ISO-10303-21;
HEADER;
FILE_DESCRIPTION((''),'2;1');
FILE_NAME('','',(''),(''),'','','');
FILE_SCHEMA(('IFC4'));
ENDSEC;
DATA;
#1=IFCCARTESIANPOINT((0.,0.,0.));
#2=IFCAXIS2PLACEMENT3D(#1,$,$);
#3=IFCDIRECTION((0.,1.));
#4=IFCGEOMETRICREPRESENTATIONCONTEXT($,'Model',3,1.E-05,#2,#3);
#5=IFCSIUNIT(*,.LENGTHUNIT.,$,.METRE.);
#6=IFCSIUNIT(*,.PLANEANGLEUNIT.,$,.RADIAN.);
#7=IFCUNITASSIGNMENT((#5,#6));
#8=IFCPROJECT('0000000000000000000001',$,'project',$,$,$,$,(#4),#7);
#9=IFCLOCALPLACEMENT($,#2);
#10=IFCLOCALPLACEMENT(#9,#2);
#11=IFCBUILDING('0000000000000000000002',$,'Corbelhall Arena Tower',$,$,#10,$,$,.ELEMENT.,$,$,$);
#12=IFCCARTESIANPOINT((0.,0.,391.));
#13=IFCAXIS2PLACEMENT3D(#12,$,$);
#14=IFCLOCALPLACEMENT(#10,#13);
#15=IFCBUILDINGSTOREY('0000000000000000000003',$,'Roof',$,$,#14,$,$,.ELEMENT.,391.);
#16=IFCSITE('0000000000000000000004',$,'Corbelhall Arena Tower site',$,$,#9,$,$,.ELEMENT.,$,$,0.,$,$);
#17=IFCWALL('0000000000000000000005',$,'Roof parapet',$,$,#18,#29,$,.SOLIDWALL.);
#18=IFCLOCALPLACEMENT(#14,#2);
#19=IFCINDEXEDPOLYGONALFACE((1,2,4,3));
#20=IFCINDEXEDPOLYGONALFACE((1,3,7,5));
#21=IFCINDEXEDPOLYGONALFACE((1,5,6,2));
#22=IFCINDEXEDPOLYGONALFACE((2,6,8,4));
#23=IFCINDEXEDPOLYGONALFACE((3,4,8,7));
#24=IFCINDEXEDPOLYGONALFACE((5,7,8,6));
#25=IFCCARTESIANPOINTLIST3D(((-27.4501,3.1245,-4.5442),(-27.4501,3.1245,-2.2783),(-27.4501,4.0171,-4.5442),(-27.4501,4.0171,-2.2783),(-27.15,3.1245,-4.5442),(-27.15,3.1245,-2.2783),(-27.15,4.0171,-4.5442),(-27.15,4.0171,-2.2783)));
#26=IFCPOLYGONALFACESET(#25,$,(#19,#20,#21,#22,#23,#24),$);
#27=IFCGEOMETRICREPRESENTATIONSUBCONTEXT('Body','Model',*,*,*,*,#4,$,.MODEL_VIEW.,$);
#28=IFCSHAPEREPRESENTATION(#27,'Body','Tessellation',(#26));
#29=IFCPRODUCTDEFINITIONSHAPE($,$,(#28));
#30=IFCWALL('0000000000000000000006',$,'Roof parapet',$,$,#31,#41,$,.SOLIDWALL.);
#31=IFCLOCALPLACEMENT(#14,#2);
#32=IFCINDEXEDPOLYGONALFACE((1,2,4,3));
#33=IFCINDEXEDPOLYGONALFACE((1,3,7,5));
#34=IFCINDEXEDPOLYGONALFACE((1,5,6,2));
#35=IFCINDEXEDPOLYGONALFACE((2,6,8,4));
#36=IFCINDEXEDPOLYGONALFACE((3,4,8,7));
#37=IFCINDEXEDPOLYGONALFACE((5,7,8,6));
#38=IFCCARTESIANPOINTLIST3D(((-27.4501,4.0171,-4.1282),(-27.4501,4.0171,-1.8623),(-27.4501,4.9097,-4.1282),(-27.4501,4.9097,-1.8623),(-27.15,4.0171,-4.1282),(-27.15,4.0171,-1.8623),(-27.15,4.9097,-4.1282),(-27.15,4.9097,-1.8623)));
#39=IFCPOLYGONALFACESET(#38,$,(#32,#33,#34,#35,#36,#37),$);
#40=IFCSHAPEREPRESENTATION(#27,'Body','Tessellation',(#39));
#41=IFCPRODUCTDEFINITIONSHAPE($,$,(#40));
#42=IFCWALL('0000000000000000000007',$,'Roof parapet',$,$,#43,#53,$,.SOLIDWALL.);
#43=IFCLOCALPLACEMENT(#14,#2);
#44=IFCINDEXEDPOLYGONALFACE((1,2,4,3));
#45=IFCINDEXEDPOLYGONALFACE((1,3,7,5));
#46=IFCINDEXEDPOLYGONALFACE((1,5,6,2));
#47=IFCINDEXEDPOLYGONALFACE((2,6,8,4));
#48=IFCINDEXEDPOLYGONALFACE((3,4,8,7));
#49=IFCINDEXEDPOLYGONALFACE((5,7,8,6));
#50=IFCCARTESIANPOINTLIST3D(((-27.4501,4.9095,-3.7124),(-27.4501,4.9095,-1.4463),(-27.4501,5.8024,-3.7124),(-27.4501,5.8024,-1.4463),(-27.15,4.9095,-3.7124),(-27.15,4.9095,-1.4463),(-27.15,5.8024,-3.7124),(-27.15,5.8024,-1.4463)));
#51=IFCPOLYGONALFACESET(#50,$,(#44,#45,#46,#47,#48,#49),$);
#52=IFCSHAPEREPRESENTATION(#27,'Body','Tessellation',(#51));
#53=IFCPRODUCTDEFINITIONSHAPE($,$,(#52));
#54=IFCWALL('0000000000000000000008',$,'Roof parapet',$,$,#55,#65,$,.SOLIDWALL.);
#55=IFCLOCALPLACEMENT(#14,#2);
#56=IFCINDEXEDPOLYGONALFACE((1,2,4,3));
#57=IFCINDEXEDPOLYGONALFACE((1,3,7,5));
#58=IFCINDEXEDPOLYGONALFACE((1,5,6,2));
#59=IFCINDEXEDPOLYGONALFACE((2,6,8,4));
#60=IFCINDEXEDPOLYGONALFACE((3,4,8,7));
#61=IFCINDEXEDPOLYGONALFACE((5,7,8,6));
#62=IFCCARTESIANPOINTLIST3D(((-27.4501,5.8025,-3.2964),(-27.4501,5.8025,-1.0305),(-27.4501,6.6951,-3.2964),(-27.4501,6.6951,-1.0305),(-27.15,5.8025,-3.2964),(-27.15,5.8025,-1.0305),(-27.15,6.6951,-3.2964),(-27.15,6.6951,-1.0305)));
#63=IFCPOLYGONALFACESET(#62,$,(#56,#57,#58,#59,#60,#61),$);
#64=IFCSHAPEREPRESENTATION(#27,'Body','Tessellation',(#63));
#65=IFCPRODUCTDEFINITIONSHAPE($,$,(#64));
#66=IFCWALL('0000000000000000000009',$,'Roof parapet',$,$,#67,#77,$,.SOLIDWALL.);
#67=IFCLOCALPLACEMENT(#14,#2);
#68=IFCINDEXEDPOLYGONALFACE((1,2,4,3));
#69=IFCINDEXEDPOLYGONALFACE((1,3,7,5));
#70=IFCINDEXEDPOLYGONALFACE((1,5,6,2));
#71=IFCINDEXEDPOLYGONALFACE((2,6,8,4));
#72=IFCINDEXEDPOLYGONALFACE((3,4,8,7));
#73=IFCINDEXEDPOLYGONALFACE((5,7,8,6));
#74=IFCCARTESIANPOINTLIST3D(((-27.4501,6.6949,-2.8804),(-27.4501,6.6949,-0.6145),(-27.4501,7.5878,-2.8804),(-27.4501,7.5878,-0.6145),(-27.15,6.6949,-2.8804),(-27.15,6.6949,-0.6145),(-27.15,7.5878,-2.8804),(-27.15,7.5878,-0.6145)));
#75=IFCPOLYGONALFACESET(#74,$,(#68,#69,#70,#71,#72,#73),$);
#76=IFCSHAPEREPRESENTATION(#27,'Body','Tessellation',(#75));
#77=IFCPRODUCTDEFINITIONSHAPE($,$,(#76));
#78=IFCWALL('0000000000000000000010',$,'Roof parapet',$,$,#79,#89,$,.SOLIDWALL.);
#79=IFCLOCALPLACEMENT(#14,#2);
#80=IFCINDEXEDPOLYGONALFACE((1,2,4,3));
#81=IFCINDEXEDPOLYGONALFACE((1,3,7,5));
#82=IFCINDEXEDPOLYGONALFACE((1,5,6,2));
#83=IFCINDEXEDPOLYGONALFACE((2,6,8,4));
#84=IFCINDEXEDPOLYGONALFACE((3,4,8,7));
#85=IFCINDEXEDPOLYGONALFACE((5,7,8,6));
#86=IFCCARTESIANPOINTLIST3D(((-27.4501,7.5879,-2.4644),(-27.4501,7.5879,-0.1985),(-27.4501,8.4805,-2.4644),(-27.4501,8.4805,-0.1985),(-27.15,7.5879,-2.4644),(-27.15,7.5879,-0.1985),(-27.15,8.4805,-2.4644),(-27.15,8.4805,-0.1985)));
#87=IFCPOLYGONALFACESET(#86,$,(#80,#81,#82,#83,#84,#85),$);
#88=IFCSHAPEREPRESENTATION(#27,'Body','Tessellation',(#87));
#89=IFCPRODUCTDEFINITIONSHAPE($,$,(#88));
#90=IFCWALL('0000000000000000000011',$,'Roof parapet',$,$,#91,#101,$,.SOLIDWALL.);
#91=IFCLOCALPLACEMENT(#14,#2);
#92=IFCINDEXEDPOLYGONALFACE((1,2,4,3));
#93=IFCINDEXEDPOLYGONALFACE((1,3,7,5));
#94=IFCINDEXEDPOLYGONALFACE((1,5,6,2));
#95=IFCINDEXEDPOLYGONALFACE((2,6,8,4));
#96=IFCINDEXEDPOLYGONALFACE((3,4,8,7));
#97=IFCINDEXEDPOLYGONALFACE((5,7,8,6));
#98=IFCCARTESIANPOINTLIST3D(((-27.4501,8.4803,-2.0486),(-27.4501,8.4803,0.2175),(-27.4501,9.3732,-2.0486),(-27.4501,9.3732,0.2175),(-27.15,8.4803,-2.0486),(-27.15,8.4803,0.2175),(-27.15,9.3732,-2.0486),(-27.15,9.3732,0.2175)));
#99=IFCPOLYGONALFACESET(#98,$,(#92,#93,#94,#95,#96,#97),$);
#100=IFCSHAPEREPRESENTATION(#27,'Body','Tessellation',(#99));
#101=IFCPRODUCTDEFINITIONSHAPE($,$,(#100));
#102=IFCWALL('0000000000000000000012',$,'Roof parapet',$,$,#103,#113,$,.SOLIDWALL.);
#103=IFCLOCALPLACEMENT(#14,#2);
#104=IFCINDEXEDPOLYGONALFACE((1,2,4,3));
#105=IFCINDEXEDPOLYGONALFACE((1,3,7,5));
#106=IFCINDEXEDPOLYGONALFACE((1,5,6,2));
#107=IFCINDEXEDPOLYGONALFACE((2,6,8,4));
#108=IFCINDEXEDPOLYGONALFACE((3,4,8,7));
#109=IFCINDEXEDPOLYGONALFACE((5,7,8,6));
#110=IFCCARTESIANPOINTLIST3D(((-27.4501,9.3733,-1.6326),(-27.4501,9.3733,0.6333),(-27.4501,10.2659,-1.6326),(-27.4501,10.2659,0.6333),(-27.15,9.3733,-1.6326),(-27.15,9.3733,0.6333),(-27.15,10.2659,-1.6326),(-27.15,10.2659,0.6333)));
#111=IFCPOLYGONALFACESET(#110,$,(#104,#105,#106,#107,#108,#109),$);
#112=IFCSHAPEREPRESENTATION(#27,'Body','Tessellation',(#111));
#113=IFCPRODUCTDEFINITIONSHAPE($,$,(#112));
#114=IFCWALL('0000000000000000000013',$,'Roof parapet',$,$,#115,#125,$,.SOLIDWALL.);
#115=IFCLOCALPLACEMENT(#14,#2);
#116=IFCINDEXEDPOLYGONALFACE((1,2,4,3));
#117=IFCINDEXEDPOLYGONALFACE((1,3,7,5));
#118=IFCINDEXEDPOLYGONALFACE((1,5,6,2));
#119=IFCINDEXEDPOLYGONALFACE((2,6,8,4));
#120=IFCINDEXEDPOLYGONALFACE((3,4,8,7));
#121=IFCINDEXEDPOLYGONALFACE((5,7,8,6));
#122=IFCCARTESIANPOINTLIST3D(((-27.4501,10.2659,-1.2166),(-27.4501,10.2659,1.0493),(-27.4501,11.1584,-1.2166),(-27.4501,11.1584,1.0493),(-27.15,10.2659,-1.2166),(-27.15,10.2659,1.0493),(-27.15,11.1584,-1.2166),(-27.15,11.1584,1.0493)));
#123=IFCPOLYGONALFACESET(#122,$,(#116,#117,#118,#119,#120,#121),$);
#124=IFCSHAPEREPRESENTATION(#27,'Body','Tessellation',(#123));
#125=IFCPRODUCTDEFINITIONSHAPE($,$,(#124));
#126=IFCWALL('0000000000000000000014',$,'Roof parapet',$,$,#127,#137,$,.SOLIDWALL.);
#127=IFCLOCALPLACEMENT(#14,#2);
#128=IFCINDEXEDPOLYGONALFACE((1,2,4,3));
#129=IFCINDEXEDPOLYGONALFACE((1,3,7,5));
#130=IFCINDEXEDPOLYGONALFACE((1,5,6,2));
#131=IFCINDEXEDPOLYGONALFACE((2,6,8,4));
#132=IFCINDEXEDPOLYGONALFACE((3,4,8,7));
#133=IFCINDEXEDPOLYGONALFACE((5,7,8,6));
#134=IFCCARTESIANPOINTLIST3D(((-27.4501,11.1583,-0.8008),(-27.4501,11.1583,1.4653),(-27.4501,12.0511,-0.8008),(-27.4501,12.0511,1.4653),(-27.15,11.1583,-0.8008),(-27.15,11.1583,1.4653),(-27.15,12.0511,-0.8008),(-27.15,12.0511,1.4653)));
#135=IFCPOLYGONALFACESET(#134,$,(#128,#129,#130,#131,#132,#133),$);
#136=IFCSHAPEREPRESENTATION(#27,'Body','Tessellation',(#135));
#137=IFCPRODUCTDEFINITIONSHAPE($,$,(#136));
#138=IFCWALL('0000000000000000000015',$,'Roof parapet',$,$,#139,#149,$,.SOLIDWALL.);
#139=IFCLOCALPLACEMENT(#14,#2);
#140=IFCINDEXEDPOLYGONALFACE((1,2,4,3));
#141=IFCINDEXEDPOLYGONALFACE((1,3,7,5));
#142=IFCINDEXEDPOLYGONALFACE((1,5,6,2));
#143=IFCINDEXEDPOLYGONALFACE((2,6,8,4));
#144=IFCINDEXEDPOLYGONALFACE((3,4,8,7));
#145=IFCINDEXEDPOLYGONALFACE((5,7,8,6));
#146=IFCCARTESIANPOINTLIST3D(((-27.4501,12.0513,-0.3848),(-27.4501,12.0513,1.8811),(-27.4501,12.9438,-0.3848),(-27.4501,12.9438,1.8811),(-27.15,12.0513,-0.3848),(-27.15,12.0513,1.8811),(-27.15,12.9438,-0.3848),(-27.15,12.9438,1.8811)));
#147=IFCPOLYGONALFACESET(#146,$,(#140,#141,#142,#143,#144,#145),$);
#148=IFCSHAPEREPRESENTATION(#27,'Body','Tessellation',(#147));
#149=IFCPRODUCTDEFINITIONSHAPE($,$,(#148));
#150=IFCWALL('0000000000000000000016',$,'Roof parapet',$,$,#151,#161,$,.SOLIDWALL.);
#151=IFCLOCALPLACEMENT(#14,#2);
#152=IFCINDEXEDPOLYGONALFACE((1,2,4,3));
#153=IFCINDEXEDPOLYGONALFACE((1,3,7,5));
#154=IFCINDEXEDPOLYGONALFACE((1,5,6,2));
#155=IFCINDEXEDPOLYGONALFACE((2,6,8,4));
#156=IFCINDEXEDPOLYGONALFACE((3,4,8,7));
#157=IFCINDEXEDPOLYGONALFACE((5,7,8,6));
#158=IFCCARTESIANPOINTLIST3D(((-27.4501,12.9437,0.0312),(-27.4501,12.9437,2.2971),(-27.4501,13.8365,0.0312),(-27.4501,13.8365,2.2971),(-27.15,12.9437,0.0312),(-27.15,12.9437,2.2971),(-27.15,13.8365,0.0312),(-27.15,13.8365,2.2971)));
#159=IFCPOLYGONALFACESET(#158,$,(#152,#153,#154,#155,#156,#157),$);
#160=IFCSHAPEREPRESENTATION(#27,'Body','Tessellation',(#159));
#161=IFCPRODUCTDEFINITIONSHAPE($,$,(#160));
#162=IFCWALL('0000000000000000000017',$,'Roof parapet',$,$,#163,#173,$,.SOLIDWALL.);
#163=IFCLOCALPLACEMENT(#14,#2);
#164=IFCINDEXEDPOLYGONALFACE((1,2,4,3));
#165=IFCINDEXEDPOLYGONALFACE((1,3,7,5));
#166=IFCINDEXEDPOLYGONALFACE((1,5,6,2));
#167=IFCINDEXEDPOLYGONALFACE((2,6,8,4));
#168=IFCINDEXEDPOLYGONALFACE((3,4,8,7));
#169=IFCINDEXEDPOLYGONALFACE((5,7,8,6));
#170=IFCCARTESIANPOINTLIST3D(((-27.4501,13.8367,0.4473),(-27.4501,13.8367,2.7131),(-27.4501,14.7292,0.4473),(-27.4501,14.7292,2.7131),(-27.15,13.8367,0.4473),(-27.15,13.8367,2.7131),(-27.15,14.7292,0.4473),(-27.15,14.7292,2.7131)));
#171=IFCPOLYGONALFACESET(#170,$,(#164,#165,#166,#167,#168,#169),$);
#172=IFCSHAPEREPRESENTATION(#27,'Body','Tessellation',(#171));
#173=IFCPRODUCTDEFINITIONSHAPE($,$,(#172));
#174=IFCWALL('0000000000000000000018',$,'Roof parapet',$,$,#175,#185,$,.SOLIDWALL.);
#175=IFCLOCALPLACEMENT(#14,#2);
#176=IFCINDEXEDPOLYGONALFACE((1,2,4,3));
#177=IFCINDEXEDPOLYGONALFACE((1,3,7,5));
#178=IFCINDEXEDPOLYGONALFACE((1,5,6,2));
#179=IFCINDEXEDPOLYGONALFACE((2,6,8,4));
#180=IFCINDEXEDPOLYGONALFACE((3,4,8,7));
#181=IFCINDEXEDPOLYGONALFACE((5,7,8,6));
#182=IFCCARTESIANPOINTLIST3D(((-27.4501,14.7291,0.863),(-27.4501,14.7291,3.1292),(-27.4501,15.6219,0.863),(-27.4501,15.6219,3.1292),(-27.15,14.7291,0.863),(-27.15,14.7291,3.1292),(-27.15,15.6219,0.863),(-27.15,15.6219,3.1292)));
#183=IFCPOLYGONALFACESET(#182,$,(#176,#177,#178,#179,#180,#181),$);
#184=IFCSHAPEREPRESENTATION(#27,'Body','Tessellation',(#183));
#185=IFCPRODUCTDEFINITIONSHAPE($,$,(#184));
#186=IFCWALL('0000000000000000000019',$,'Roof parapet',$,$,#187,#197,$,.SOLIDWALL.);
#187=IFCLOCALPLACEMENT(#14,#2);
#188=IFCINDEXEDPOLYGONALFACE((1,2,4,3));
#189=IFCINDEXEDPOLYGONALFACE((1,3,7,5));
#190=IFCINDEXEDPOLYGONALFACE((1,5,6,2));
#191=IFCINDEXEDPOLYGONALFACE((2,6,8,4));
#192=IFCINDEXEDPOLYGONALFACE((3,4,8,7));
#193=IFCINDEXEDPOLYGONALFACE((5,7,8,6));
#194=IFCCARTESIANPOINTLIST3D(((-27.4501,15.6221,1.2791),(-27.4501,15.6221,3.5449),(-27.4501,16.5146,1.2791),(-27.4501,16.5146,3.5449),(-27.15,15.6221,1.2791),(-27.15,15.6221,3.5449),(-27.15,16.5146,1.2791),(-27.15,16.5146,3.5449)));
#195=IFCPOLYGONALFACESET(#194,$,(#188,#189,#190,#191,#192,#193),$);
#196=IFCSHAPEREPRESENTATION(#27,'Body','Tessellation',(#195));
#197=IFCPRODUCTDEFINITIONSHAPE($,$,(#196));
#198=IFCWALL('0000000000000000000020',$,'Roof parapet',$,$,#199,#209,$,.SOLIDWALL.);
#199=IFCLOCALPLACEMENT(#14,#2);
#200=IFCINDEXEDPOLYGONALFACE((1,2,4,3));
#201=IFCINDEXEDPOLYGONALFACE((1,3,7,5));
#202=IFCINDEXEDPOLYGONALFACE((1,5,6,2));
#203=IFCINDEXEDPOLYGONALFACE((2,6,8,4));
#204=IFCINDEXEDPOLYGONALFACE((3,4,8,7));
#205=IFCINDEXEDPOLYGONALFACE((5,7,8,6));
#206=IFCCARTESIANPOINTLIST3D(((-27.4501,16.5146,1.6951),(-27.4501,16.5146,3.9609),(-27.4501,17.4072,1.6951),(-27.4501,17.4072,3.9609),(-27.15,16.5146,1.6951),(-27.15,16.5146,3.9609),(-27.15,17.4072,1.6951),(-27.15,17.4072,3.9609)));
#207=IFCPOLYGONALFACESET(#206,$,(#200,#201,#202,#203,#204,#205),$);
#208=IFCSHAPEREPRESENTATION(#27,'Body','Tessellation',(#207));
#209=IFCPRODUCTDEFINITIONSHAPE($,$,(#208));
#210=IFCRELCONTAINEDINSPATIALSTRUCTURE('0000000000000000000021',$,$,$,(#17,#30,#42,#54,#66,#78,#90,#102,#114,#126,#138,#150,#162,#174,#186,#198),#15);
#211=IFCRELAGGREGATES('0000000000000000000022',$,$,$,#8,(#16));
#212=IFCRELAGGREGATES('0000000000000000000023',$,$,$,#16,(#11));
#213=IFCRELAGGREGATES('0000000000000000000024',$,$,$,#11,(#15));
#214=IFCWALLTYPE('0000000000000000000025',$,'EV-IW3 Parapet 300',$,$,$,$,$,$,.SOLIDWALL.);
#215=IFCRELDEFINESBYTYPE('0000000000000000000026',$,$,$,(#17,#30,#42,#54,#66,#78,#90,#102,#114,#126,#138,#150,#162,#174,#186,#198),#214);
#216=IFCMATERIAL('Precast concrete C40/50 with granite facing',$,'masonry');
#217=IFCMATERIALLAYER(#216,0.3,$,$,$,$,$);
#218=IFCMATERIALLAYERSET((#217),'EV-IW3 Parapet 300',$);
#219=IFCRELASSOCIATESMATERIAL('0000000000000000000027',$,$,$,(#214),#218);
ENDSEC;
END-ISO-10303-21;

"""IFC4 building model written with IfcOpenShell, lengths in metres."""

from ifc_helpers import new_model, si_unit, direction, frame, frame_2d, origin, place, context, subcontext, project, spatial, rectangle, extrude, material, layer, layer_set, type_object, element, save


model = new_model("IFC4")

# Units and contexts
model_context = context("Model", 3, precision=1e-05, world=origin(), true_north=direction((0.0, 1.0)))
body_context = subcontext(model_context, "Body", "Model", "MODEL_VIEW")
ifc_project = project(units=[si_unit("LENGTHUNIT", "METRE"), si_unit("PLANEANGLEUNIT", "RADIAN")], contexts=[model_context])

# Site, building, storey
site_placement = place(None, origin())
site = spatial("IfcSite", under=ifc_project, at=site_placement, Name="Corbelhall Arena Tower site", CompositionType="ELEMENT", RefElevation=0.0)
building_placement = place(site_placement, origin())
building = spatial("IfcBuilding", under=site, at=building_placement, Name="Corbelhall Arena Tower", CompositionType="ELEMENT")
storey_placement = place(building_placement, frame((0.0, 0.0, 391.0)))
storey = spatial("IfcBuildingStorey", under=building, at=storey_placement, Name="Roof", CompositionType="ELEMENT", Elevation=391.0)

# Walls
ifc_material_1 = material(Name="Precast concrete C40/50 with granite facing", Category="masonry")
ifc_layer = layer(ifc_material_1, 0.3)
ifc_layer_set = layer_set([ifc_layer], Name="EV-IW3 Parapet 300")
wall_type = type_object("IfcWallType", Name="EV-IW3 Parapet 300", PredefinedType="SOLIDWALL", material=ifc_layer_set)
for number, where, z_axis, x_axis, name in (
    (1, (-27.3, 3.1245, -4.5442), (0.0, 0.0, 1.0), (0.0, 1.0, 0.0), "Roof parapet"),
    (2, (-27.3, 4.0171, -4.1282), (0.0, 0.0, 1.0), (0.0, 1.0, 0.0), "Roof parapet"),
):
    element("IfcWall", number, at=place(storey_placement, frame(where, z_axis=z_axis, x_axis=x_axis)), inside=storey, type_object=wall_type, Name=name, PredefinedType="SOLIDWALL", context=body_context, shape_type="SweptSolid", body=[
        extrude(rectangle(XDim=0.8926, YDim=0.3, at=frame_2d((0.4463, 0.0))), origin(), (0.0, 0.0, 1.0), 2.2659),
    ])
wall_1_placement = place(storey_placement, frame((-27.3, 4.9097, -3.7124), z_axis=(0.0, 0.0, 1.0), x_axis=(0.0, 1.0, 0.0)))
element("IfcWall", 3, at=wall_1_placement, inside=storey, type_object=wall_type, Name="Roof parapet", PredefinedType="SOLIDWALL", context=body_context, shape_type="SweptSolid", body=[
    extrude(rectangle(XDim=0.8928, YDim=0.3, at=frame_2d((0.4463, 0.0))), origin(), (0.0, 0.0, 1.0), 2.2661),
])
wall_2_placement = place(storey_placement, frame((-27.3, 5.8025, -3.2964), z_axis=(0.0, 0.0, 1.0), x_axis=(0.0, 1.0, 0.0)))
element("IfcWall", 4, at=wall_2_placement, inside=storey, type_object=wall_type, Name="Roof parapet", PredefinedType="SOLIDWALL", context=body_context, shape_type="SweptSolid", body=[
    extrude(rectangle(XDim=0.8926, YDim=0.3, at=frame_2d((0.4463, 0.0))), origin(), (0.0, 0.0, 1.0), 2.2659),
])
wall_3_placement = place(storey_placement, frame((-27.3, 6.6951, -2.8804), z_axis=(0.0, 0.0, 1.0), x_axis=(0.0, 1.0, 0.0)))
element("IfcWall", 5, at=wall_3_placement, inside=storey, type_object=wall_type, Name="Roof parapet", PredefinedType="SOLIDWALL", context=body_context, shape_type="SweptSolid", body=[
    extrude(rectangle(XDim=0.8928, YDim=0.3, at=frame_2d((0.4463, 0.0))), origin(), (0.0, 0.0, 1.0), 2.2659),
])
wall_4_placement = place(storey_placement, frame((-27.3, 7.5879, -2.4644), z_axis=(0.0, 0.0, 1.0), x_axis=(0.0, 1.0, 0.0)))
element("IfcWall", 6, at=wall_4_placement, inside=storey, type_object=wall_type, Name="Roof parapet", PredefinedType="SOLIDWALL", context=body_context, shape_type="SweptSolid", body=[
    extrude(rectangle(XDim=0.8926, YDim=0.3, at=frame_2d((0.4463, 0.0))), origin(), (0.0, 0.0, 1.0), 2.2659),
])
wall_5_placement = place(storey_placement, frame((-27.3, 8.4805, -2.0486), z_axis=(0.0, 0.0, 1.0), x_axis=(0.0, 1.0, 0.0)))
element("IfcWall", 7, at=wall_5_placement, inside=storey, type_object=wall_type, Name="Roof parapet", PredefinedType="SOLIDWALL", context=body_context, shape_type="SweptSolid", body=[
    extrude(rectangle(XDim=0.8928, YDim=0.3, at=frame_2d((0.4463, 0.0))), origin(), (0.0, 0.0, 1.0), 2.2661),
])
for number, where, z_axis, x_axis, name in (
    (8, (-27.3, 9.3733, -1.6326), (0.0, 0.0, 1.0), (0.0, 1.0, 0.0), "Roof parapet"),
    (9, (-27.3, 10.2659, -1.2166), (0.0, 0.0, 1.0), (0.0, 1.0, 0.0), "Roof parapet"),
):
    element("IfcWall", number, at=place(storey_placement, frame(where, z_axis=z_axis, x_axis=x_axis)), inside=storey, type_object=wall_type, Name=name, PredefinedType="SOLIDWALL", context=body_context, shape_type="SweptSolid", body=[
        extrude(rectangle(XDim=0.8926, YDim=0.3, at=frame_2d((0.4463, 0.0))), origin(), (0.0, 0.0, 1.0), 2.2659),
    ])
wall_6_placement = place(storey_placement, frame((-27.3, 11.1584, -0.8008), z_axis=(0.0, 0.0, 1.0), x_axis=(0.0, 1.0, 0.0)))
element("IfcWall", 10, at=wall_6_placement, inside=storey, type_object=wall_type, Name="Roof parapet", PredefinedType="SOLIDWALL", context=body_context, shape_type="SweptSolid", body=[
    extrude(rectangle(XDim=0.8928, YDim=0.3, at=frame_2d((0.4463, 0.0))), origin(), (0.0, 0.0, 1.0), 2.2661),
])
wall_7_placement = place(storey_placement, frame((-27.3, 12.0513, -0.3848), z_axis=(0.0, 0.0, 1.0), x_axis=(0.0, 1.0, 0.0)))
element("IfcWall", 11, at=wall_7_placement, inside=storey, type_object=wall_type, Name="Roof parapet", PredefinedType="SOLIDWALL", context=body_context, shape_type="SweptSolid", body=[
    extrude(rectangle(XDim=0.8926, YDim=0.3, at=frame_2d((0.4463, 0.0))), origin(), (0.0, 0.0, 1.0), 2.2659),
])
wall_8_placement = place(storey_placement, frame((-27.3, 12.9438, 0.0312), z_axis=(0.0, 0.0, 1.0), x_axis=(0.0, 1.0, 0.0)))
element("IfcWall", 12, at=wall_8_placement, inside=storey, type_object=wall_type, Name="Roof parapet", PredefinedType="SOLIDWALL", context=body_context, shape_type="SweptSolid", body=[
    extrude(rectangle(XDim=0.8928, YDim=0.3, at=frame_2d((0.4463, 0.0))), origin(), (0.0, 0.0, 1.0), 2.2659),
])
wall_9_placement = place(storey_placement, frame((-27.3, 13.8367, 0.4473), z_axis=(0.0, 0.0, 1.0), x_axis=(0.0, 1.0, 0.0)))
element("IfcWall", 13, at=wall_9_placement, inside=storey, type_object=wall_type, Name="Roof parapet", PredefinedType="SOLIDWALL", context=body_context, shape_type="SweptSolid", body=[
    extrude(rectangle(XDim=0.8926, YDim=0.3, at=frame_2d((0.4463, 0.0))), origin(), (0.0, 0.0, 1.0), 2.2659),
])
wall_10_placement = place(storey_placement, frame((-27.3, 14.7292, 0.863), z_axis=(0.0, 0.0, 1.0), x_axis=(0.0, 1.0, 0.0)))
element("IfcWall", 14, at=wall_10_placement, inside=storey, type_object=wall_type, Name="Roof parapet", PredefinedType="SOLIDWALL", context=body_context, shape_type="SweptSolid", body=[
    extrude(rectangle(XDim=0.8928, YDim=0.3, at=frame_2d((0.4463, 0.0))), origin(), (0.0, 0.0, 1.0), 2.2661),
])
for number, where, z_axis, x_axis, name in (
    (15, (-27.3, 15.6221, 1.2791), (0.0, 0.0, 1.0), (0.0, 1.0, 0.0), "Roof parapet"),
    (16, (-27.3, 16.5146, 1.6951), (0.0, 0.0, 1.0), (0.0, 1.0, 0.0), "Roof parapet"),
):
    element("IfcWall", number, at=place(storey_placement, frame(where, z_axis=z_axis, x_axis=x_axis)), inside=storey, type_object=wall_type, Name=name, PredefinedType="SOLIDWALL", context=body_context, shape_type="SweptSolid", body=[
        extrude(rectangle(XDim=0.8926, YDim=0.3, at=frame_2d((0.4463, 0.0))), origin(), (0.0, 0.0, 1.0), 2.2659),
    ])

save(model, "model.ifc")
